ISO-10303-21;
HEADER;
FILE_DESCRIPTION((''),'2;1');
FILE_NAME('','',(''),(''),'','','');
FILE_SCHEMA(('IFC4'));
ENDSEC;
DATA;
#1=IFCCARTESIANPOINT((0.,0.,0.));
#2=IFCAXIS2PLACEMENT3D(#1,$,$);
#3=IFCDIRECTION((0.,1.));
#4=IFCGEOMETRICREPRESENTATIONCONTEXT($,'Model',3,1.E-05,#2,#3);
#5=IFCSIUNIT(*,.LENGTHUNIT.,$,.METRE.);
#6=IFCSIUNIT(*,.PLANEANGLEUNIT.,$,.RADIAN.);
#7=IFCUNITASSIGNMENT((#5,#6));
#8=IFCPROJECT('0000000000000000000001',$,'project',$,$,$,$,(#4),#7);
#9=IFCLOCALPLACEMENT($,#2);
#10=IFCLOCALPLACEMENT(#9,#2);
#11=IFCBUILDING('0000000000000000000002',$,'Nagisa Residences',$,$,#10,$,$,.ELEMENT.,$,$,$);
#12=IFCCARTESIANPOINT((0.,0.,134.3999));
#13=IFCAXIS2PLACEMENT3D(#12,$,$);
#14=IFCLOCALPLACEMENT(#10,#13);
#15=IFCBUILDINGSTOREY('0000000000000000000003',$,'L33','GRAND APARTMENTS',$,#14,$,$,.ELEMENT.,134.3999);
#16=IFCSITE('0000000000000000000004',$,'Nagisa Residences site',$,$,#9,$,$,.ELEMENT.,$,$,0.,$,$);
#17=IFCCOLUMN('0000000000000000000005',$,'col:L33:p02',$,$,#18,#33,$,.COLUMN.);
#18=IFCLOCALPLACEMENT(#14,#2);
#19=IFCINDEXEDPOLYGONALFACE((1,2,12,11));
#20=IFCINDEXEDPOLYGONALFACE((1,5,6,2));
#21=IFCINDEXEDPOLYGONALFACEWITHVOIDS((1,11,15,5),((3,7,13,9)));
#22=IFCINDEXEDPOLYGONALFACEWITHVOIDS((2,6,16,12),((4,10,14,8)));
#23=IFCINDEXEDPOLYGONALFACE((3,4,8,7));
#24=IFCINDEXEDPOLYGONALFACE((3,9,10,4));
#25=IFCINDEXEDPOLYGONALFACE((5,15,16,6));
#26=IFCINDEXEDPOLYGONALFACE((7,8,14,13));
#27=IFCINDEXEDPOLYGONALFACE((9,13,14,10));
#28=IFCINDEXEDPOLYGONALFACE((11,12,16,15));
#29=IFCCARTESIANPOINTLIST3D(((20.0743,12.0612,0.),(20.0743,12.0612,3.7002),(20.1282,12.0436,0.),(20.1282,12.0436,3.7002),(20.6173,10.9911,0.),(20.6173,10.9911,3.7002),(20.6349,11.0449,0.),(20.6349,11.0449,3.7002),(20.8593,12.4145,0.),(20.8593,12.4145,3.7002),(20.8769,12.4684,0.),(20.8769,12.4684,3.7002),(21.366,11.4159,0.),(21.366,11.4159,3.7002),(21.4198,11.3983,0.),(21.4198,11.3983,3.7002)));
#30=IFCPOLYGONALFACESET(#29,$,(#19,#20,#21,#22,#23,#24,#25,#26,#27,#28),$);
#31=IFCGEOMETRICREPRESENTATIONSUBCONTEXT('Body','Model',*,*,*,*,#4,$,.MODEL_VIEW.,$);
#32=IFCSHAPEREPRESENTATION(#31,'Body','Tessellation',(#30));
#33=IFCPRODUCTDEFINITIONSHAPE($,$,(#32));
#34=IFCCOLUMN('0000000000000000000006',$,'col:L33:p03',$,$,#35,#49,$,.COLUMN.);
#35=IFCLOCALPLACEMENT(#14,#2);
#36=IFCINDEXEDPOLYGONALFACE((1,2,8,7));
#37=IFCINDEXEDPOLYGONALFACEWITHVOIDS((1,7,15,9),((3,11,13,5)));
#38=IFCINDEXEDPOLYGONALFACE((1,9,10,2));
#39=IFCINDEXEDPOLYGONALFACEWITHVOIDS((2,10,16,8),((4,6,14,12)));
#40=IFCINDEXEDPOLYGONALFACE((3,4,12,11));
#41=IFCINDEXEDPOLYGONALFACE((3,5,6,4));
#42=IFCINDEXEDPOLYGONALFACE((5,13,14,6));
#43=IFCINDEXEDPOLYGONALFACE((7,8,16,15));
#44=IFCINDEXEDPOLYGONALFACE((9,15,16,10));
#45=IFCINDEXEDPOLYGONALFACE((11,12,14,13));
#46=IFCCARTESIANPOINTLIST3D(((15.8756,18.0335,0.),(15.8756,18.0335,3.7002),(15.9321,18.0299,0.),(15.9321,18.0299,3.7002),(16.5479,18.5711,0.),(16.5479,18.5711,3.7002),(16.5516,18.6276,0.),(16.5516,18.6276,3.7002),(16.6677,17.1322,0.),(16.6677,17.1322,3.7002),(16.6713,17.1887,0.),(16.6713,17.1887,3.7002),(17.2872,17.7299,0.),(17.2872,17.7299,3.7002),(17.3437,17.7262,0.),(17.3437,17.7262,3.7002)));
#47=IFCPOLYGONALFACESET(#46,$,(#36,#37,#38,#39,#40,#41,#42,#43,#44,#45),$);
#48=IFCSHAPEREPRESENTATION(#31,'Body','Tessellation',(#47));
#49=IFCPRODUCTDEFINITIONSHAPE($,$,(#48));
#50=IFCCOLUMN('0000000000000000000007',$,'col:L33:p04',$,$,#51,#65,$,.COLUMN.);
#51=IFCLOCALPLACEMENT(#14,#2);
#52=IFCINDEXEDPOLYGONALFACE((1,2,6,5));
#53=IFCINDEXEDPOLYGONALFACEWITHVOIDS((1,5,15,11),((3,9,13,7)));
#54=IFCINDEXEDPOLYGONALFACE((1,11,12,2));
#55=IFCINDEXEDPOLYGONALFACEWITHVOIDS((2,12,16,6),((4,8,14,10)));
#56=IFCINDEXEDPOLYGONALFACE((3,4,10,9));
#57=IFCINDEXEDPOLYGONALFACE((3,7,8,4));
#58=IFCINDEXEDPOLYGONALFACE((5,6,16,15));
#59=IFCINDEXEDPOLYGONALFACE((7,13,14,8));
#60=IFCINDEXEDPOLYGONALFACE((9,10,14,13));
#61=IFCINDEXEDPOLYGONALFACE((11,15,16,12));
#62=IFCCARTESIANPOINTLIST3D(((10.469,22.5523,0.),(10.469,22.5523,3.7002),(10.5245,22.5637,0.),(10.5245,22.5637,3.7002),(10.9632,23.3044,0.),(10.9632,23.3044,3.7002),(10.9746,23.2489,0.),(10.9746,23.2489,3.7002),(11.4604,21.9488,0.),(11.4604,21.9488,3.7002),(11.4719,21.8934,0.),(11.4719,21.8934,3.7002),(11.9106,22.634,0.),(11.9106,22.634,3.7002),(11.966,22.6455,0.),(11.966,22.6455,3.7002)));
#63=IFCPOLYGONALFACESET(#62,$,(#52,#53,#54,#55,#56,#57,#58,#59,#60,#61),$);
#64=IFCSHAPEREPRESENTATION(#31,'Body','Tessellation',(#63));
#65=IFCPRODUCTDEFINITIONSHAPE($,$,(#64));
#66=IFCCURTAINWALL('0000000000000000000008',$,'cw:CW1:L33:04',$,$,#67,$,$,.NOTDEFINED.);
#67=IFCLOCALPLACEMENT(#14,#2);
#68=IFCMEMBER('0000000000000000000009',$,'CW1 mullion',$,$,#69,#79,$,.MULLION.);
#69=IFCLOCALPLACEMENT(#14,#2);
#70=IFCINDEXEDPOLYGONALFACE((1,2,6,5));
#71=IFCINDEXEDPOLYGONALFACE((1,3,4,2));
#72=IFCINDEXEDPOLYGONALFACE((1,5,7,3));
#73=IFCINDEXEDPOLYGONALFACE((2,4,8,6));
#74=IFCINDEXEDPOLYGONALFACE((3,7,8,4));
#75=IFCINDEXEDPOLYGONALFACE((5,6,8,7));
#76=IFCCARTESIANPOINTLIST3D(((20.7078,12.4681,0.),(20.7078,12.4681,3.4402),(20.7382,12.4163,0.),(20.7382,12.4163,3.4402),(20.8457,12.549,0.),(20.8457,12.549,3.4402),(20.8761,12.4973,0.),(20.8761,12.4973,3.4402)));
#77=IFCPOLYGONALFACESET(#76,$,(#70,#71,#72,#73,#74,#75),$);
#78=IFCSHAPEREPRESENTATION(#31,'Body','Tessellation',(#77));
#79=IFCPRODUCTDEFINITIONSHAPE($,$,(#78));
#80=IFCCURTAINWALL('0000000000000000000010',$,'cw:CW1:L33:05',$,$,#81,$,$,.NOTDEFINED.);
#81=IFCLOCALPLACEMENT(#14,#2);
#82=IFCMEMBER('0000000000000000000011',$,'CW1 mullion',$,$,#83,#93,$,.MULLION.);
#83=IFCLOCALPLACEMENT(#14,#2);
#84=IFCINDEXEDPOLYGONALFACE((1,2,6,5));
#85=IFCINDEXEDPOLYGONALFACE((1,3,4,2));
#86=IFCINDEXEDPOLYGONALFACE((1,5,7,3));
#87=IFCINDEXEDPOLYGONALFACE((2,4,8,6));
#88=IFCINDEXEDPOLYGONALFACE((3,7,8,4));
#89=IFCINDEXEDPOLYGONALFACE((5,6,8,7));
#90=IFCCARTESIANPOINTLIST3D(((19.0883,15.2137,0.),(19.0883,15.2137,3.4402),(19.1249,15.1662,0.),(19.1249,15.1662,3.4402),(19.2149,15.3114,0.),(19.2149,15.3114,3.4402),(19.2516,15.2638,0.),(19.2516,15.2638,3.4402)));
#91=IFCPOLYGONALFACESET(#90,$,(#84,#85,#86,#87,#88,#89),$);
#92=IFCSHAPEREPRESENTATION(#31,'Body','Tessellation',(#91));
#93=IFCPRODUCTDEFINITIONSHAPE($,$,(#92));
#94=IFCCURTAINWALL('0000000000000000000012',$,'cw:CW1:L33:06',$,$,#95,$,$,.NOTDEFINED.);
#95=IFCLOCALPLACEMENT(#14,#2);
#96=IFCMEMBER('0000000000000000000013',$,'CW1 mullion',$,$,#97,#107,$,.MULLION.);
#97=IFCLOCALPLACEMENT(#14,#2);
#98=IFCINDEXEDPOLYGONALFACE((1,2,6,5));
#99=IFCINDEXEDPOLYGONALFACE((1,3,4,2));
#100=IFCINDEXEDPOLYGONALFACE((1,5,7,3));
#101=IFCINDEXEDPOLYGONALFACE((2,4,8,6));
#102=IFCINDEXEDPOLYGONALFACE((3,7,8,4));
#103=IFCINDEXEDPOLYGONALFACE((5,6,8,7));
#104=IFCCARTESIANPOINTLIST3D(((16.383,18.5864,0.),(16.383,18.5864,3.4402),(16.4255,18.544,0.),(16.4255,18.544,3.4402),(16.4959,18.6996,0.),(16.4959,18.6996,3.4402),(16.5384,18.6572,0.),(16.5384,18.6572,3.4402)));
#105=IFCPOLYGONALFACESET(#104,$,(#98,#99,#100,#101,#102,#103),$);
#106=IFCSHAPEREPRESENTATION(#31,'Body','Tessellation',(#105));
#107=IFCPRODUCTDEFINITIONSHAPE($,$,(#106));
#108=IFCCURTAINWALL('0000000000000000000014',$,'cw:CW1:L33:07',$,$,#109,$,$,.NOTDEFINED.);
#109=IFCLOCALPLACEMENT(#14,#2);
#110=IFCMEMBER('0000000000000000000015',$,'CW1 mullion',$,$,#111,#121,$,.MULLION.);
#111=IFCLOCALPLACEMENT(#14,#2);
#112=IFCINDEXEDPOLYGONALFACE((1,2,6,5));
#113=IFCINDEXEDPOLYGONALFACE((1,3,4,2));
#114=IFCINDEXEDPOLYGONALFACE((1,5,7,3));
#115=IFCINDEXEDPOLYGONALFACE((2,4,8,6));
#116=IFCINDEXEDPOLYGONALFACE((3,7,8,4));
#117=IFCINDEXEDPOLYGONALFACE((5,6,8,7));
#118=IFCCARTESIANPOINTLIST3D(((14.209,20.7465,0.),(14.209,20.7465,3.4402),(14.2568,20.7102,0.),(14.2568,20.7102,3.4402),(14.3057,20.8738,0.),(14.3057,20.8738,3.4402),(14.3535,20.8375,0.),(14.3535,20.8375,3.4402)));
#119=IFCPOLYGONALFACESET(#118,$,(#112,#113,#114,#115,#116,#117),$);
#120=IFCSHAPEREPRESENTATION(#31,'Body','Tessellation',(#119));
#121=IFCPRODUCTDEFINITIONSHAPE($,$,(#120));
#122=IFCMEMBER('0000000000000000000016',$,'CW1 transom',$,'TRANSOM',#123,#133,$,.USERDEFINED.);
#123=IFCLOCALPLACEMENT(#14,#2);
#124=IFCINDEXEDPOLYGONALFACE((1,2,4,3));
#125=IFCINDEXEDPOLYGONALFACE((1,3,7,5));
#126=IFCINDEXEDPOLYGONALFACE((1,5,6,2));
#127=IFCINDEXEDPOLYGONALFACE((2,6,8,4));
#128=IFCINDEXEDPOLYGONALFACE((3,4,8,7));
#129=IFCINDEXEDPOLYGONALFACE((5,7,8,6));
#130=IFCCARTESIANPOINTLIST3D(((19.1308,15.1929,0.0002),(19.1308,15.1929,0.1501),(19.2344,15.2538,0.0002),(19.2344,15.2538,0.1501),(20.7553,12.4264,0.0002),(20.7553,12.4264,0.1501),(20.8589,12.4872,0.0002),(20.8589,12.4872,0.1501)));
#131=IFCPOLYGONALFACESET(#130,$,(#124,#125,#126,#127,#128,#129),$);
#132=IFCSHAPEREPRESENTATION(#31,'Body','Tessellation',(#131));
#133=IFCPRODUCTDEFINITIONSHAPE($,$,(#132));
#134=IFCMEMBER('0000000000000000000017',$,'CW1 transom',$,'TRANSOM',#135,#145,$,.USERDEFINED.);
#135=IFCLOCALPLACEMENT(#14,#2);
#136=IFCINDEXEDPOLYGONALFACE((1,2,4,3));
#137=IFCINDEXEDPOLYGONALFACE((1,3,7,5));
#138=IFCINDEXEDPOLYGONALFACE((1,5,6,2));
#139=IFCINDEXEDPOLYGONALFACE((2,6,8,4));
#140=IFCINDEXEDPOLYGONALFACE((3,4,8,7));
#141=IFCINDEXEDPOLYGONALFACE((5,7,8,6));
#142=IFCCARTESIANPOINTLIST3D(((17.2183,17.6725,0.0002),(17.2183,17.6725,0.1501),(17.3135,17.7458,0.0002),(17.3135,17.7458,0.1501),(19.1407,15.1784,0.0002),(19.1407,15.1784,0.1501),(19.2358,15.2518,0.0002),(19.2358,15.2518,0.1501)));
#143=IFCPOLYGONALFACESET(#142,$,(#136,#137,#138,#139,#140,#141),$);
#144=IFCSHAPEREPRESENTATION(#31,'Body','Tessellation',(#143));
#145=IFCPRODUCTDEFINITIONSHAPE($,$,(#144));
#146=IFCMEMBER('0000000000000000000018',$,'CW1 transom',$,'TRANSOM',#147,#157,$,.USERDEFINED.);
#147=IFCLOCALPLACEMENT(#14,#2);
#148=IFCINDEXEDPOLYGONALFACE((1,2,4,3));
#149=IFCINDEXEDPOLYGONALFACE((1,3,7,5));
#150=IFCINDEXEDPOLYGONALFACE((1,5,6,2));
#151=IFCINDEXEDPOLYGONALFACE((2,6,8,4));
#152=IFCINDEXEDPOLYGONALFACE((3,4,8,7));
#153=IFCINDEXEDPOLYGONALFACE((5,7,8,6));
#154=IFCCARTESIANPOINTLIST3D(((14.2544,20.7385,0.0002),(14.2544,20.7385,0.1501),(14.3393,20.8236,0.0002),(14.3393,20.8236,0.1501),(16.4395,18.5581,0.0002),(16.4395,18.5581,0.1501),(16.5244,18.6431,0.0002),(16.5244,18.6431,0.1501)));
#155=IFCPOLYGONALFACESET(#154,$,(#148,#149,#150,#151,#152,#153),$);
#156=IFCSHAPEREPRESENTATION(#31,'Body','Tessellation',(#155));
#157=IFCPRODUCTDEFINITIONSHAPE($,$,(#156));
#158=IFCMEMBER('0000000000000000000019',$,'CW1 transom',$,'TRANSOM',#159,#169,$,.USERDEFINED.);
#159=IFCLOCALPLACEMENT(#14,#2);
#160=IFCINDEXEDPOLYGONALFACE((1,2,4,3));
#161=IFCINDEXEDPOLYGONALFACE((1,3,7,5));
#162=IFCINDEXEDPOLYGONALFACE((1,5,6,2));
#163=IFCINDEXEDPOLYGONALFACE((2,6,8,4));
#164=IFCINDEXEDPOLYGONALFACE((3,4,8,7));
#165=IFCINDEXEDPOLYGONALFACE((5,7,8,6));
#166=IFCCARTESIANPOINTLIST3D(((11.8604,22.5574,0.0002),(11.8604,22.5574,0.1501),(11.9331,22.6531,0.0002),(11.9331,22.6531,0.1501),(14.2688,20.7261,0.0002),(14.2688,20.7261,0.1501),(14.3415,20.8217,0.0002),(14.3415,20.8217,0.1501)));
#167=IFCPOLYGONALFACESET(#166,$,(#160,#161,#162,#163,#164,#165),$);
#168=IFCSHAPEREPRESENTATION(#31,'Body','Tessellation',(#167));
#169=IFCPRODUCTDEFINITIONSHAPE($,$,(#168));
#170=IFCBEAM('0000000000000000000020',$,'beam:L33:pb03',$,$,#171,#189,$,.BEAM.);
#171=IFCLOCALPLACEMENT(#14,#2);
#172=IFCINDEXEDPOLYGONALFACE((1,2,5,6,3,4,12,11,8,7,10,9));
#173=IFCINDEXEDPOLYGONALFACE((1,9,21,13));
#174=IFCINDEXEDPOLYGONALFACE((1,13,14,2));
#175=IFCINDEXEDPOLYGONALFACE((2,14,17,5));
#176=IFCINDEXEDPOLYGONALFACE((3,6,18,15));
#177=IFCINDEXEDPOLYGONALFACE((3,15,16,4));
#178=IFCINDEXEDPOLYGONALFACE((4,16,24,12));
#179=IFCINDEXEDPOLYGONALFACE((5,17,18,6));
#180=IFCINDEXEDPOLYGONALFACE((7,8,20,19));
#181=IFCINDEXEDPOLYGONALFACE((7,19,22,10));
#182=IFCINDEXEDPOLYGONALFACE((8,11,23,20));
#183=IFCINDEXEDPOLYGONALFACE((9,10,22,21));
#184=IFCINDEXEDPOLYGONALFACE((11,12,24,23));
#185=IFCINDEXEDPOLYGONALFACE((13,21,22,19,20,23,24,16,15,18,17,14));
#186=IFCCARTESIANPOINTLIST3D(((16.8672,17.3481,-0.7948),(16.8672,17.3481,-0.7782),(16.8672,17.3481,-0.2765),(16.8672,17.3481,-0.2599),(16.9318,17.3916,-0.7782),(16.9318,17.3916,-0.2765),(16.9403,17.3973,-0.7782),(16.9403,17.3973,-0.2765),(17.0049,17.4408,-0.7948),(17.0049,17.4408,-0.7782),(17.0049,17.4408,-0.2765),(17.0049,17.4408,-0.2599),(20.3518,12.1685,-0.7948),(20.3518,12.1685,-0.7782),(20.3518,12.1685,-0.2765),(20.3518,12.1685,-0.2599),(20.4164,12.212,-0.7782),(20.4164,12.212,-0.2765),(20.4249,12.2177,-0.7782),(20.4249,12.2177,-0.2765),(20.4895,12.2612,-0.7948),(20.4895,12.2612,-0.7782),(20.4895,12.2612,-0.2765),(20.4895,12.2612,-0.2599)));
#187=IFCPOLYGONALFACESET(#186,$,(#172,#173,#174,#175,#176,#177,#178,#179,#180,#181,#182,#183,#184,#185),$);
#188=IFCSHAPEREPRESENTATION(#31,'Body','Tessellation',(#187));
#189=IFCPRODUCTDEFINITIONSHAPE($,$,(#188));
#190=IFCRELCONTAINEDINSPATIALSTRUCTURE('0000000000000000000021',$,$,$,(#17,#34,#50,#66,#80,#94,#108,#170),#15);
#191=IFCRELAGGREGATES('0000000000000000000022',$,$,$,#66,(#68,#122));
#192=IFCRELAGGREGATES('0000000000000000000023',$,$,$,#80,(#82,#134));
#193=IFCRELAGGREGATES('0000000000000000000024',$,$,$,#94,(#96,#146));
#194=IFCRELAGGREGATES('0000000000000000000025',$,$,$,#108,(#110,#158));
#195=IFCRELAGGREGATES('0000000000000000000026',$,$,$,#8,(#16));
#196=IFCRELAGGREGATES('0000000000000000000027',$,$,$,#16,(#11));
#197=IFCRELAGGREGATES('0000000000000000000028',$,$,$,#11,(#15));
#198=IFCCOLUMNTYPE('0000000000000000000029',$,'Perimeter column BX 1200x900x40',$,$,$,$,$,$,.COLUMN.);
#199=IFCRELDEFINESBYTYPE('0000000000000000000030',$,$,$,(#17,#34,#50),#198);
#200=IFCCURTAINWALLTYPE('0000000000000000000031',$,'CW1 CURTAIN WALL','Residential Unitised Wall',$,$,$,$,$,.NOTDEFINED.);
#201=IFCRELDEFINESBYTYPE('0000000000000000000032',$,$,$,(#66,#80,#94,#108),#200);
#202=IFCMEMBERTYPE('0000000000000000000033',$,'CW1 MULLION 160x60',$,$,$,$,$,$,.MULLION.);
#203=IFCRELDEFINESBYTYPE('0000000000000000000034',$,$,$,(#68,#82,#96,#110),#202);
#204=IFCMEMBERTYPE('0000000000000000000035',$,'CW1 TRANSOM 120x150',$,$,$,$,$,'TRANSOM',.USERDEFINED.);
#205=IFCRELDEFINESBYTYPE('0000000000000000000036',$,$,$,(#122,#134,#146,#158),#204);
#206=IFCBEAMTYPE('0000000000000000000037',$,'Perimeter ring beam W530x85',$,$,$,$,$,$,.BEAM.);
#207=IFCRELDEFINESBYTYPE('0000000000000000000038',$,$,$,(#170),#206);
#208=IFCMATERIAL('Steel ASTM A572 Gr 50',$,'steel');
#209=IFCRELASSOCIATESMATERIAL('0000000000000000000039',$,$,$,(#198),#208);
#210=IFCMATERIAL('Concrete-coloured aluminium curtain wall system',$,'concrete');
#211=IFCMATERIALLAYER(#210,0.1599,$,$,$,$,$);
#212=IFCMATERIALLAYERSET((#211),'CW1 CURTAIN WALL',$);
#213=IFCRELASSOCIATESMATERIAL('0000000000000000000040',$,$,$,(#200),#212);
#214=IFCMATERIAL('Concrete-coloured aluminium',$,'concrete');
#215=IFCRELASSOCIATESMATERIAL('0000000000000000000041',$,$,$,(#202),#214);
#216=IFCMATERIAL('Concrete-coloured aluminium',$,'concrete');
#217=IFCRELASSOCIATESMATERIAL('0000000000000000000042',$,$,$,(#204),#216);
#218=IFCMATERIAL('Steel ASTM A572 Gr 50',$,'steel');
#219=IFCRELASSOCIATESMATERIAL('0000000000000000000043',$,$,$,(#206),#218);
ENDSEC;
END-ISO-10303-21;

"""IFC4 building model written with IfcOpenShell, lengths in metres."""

from ifc_helpers import new_model, si_unit, direction, frame, origin, origin_2d, place, context, subcontext, project, spatial, rectangle, hollow_rectangle, i_section, extrude, material, layer, layer_set, material_profile, profile_set, type_object, element, aggregate, save


model = new_model("IFC4")

# Units and contexts
model_context = context("Model", 3, precision=1e-05, world=origin(), true_north=direction((0.0, 1.0)))
body_context = subcontext(model_context, "Body", "Model", "MODEL_VIEW")
ifc_project = project(units=[si_unit("LENGTHUNIT", "METRE"), si_unit("PLANEANGLEUNIT", "RADIAN")], contexts=[model_context])

# Site, building, storey
site_placement = place(None, origin())
site = spatial("IfcSite", under=ifc_project, at=site_placement, Name="Nagisa Residences site", CompositionType="ELEMENT", RefElevation=0.0)
building_placement = place(site_placement, origin())
building = spatial("IfcBuilding", under=site, at=building_placement, Name="Nagisa Residences", CompositionType="ELEMENT")
storey_placement = place(building_placement, frame((0.0, 0.0, 134.3999)))
storey = spatial("IfcBuildingStorey", under=building, at=storey_placement, Name="L33", Description="GRAND APARTMENTS", CompositionType="ELEMENT", Elevation=134.3999)

# Columns
ifc_material_1 = material(Name="Steel ASTM A572 Gr 50", Category="steel")
ifc_material_profile_1 = material_profile(ifc_material_1, hollow_rectangle(XDim=1.2, YDim=0.8999, WallThickness=0.04, at=origin_2d()), Name="BX 1200x900x40")
ifc_profile_set_1 = profile_set([ifc_material_profile_1], Name="Steel ASTM A572 Gr 50")
column_type = type_object("IfcColumnType", Name="Perimeter column BX 1200x900x40", PredefinedType="COLUMN", material=ifc_profile_set_1)
for number, where, z_axis, x_axis, name in (
    (1, (20.7471, 11.7297, 0.0), (0.0, 0.0, 1.0), (-0.452463, 0.891783, 0.0), "col:L33:p02"),
    (2, (16.6096, 17.8799, 0.0), (0.0, 0.0, 1.0), (-0.660115, 0.751165, 0.0), "col:L33:p03"),
    (3, (11.2175, 22.5989, 0.0), (0.0, 0.0, 1.0), (-0.835766, 0.549086, 0.0), "col:L33:p04"),
):
    element("IfcColumn", number, at=place(storey_placement, frame(where, z_axis=z_axis, x_axis=x_axis)), inside=storey, type_object=column_type, Name=name, PredefinedType="COLUMN", context=body_context, shape_type="SweptSolid", body=[
        extrude(hollow_rectangle(XDim=1.2, YDim=0.8999, WallThickness=0.04, at=origin_2d()), origin(), (0.0, 0.0, 1.0), 3.7002),
    ])

# Curtain walls, members
ifc_material_2 = material(Name="Concrete-coloured aluminium curtain wall system", Category="concrete")
ifc_layer_1 = layer(ifc_material_2, 0.1599)
ifc_layer_set_1 = layer_set([ifc_layer_1], Name="CW1 CURTAIN WALL")
curtain_wall_type = type_object("IfcCurtainWallType", Name="CW1 CURTAIN WALL", Description="Residential Unitised Wall", PredefinedType="NOTDEFINED", material=ifc_layer_set_1)
curtain_wall_1_placement = place(storey_placement, origin())
curtain_wall_1 = element("IfcCurtainWall", 4, at=curtain_wall_1_placement, inside=storey, type_object=curtain_wall_type, Name="cw:CW1:L33:04", PredefinedType="NOTDEFINED")
ifc_material_3 = material(Name="Concrete-coloured aluminium", Category="concrete")
ifc_material_profile_2 = material_profile(ifc_material_3, rectangle(XDim=0.1599, YDim=0.0601, at=origin_2d()), Name="CW1 MULLION 160x60")
ifc_profile_set_2 = profile_set([ifc_material_profile_2], Name="Concrete-coloured aluminium")
member_type_1 = type_object("IfcMemberType", Name="CW1 MULLION 160x60", PredefinedType="MULLION", material=ifc_profile_set_2)
member_1_placement = place(storey_placement, frame((20.792, 12.4827, 0.0), z_axis=(0.0, 0.0, 1.0), x_axis=(-0.862329, -0.506349, 0.0)))
member_1 = element("IfcMember", 5, at=member_1_placement, type_object=member_type_1, Name="CW1 mullion", PredefinedType="MULLION", context=body_context, shape_type="SweptSolid", body=[
    extrude(rectangle(XDim=0.1599, YDim=0.0601, at=origin_2d()), origin(), (0.0, 0.0, 1.0), 3.4402),
])
curtain_wall_2_placement = place(storey_placement, origin())
curtain_wall_2 = element("IfcCurtainWall", 6, at=curtain_wall_2_placement, inside=storey, type_object=curtain_wall_type, Name="cw:CW1:L33:05", PredefinedType="NOTDEFINED")
member_2_placement = place(storey_placement, frame((19.1699, 15.2388, 0.0), z_axis=(0.0, 0.0, 1.0), x_axis=(-0.79207, -0.61043, 0.0)))
member_2 = element("IfcMember", 7, at=member_2_placement, type_object=member_type_1, Name="CW1 mullion", PredefinedType="MULLION", context=body_context, shape_type="SweptSolid", body=[
    extrude(rectangle(XDim=0.1599, YDim=0.0601, at=origin_2d()), origin(), (0.0, 0.0, 1.0), 3.4402),
])
curtain_wall_3_placement = place(storey_placement, origin())
curtain_wall_3 = element("IfcCurtainWall", 8, at=curtain_wall_3_placement, inside=storey, type_object=curtain_wall_type, Name="cw:CW1:L33:06", PredefinedType="NOTDEFINED")
member_3_placement = place(storey_placement, frame((16.4607, 18.6218, 0.0), z_axis=(0.0, 0.0, 1.0), x_axis=(-0.706377, -0.707836, 0.0)))
member_3 = element("IfcMember", 9, at=member_3_placement, type_object=member_type_1, Name="CW1 mullion", PredefinedType="MULLION", context=body_context, shape_type="SweptSolid", body=[
    extrude(rectangle(XDim=0.1599, YDim=0.0601, at=origin_2d()), origin(), (0.0, 0.0, 1.0), 3.4402),
])
curtain_wall_4_placement = place(storey_placement, origin())
curtain_wall_4 = element("IfcCurtainWall", 10, at=curtain_wall_4_placement, inside=storey, type_object=curtain_wall_type, Name="cw:CW1:L33:07", PredefinedType="NOTDEFINED")
member_4_placement = place(storey_placement, frame((14.2812, 20.792, 0.0), z_axis=(0.0, 0.0, 1.0), x_axis=(-0.605255, -0.796031, 0.0)))
member_4 = element("IfcMember", 11, at=member_4_placement, type_object=member_type_1, Name="CW1 mullion", PredefinedType="MULLION", context=body_context, shape_type="SweptSolid", body=[
    extrude(rectangle(XDim=0.1599, YDim=0.0601, at=origin_2d()), origin(), (0.0, 0.0, 1.0), 3.4402),
])

# Members
ifc_material_4 = material(Name="Concrete-coloured aluminium", Category="concrete")
ifc_material_profile_3 = material_profile(ifc_material_4, rectangle(XDim=0.1201, YDim=0.1499, at=origin_2d()), Name="CW1 TRANSOM 120x150")
ifc_profile_set_3 = profile_set([ifc_material_profile_3], Name="Concrete-coloured aluminium")
member_type_2 = type_object("IfcMemberType", Name="CW1 TRANSOM 120x150", ElementType="TRANSOM", PredefinedType="USERDEFINED", material=ifc_profile_set_3)
member_5_placement = place(storey_placement, frame((20.8071, 12.4568, 0.0752), z_axis=(-0.506348, 0.862329, 0.0), x_axis=(-0.862329, -0.506348, 0.0)))
member_5 = element("IfcMember", 12, at=member_5_placement, type_object=member_type_2, Name="CW1 transom", ObjectType="TRANSOM", PredefinedType="USERDEFINED", context=body_context, shape_type="SweptSolid", body=[
    extrude(rectangle(XDim=0.1201, YDim=0.1499, at=origin_2d()), origin(), (0.0, 0.0, 1.0), 3.2083),
])
member_6_placement = place(storey_placement, frame((19.1882, 15.2151, 0.0752), z_axis=(-0.610467, 0.792041, 0.0), x_axis=(-0.792041, -0.610467, 0.0)))
member_6 = element("IfcMember", 13, at=member_6_placement, type_object=member_type_2, Name="CW1 transom", ObjectType="TRANSOM", PredefinedType="USERDEFINED", context=body_context, shape_type="SweptSolid", body=[
    extrude(rectangle(XDim=0.1201, YDim=0.1499, at=origin_2d()), origin(), (0.0, 0.0, 1.0), 3.1489),
])
member_7_placement = place(storey_placement, frame((16.4819, 18.6006, 0.0752), z_axis=(-0.707858, 0.706355, 0.0), x_axis=(-0.706355, -0.707858, 0.0)))
member_7 = element("IfcMember", 14, at=member_7_placement, type_object=member_type_2, Name="CW1 transom", ObjectType="TRANSOM", PredefinedType="USERDEFINED", context=body_context, shape_type="SweptSolid", body=[
    extrude(rectangle(XDim=0.1201, YDim=0.1499, at=origin_2d()), origin(), (0.0, 0.0, 1.0), 3.0869),
])
member_8_placement = place(storey_placement, frame((14.3052, 20.7739, 0.0752), z_axis=(-0.796022, 0.605267, 0.0), x_axis=(-0.605267, -0.796022, 0.0)))
member_8 = element("IfcMember", 15, at=member_8_placement, type_object=member_type_2, Name="CW1 transom", ObjectType="TRANSOM", PredefinedType="USERDEFINED", context=body_context, shape_type="SweptSolid", body=[
    extrude(rectangle(XDim=0.1201, YDim=0.1499, at=origin_2d()), origin(), (0.0, 0.0, 1.0), 3.0256),
])

# Beam
ifc_material_5 = material(Name="Steel ASTM A572 Gr 50", Category="steel")
ifc_material_profile_4 = material_profile(ifc_material_5, i_section(OverallWidth=0.166, OverallDepth=0.5349, WebThickness=0.0103, FlangeThickness=0.0166, at=origin_2d()), Name="W530x85")
ifc_profile_set_4 = profile_set([ifc_material_profile_4], Name="Steel ASTM A572 Gr 50")
beam_type_1 = type_object("IfcBeamType", Name="Perimeter ring beam W530x85", PredefinedType="BEAM", material=ifc_profile_set_4)
beam_1_placement = place(storey_placement, frame((20.4207, 12.2148, -0.5273), z_axis=(-0.558188, 0.829715, 0.0), x_axis=(-0.829715, -0.558188, 0.0)))
element("IfcBeam", 16, at=beam_1_placement, inside=storey, type_object=beam_type_1, Name="beam:L33:pb03", PredefinedType="BEAM", context=body_context, shape_type="SweptSolid", body=[
    extrude(i_section(OverallWidth=0.166, OverallDepth=0.5349, WebThickness=0.0103, FlangeThickness=0.0166, at=origin_2d()), origin(), (0.0, 0.0, 1.0), 6.2427),
])

aggregate(curtain_wall_1, [member_1, member_5])
aggregate(curtain_wall_2, [member_2, member_6])
aggregate(curtain_wall_3, [member_3, member_7])
aggregate(curtain_wall_4, [member_4, member_8])

save(model, "model.ifc")
